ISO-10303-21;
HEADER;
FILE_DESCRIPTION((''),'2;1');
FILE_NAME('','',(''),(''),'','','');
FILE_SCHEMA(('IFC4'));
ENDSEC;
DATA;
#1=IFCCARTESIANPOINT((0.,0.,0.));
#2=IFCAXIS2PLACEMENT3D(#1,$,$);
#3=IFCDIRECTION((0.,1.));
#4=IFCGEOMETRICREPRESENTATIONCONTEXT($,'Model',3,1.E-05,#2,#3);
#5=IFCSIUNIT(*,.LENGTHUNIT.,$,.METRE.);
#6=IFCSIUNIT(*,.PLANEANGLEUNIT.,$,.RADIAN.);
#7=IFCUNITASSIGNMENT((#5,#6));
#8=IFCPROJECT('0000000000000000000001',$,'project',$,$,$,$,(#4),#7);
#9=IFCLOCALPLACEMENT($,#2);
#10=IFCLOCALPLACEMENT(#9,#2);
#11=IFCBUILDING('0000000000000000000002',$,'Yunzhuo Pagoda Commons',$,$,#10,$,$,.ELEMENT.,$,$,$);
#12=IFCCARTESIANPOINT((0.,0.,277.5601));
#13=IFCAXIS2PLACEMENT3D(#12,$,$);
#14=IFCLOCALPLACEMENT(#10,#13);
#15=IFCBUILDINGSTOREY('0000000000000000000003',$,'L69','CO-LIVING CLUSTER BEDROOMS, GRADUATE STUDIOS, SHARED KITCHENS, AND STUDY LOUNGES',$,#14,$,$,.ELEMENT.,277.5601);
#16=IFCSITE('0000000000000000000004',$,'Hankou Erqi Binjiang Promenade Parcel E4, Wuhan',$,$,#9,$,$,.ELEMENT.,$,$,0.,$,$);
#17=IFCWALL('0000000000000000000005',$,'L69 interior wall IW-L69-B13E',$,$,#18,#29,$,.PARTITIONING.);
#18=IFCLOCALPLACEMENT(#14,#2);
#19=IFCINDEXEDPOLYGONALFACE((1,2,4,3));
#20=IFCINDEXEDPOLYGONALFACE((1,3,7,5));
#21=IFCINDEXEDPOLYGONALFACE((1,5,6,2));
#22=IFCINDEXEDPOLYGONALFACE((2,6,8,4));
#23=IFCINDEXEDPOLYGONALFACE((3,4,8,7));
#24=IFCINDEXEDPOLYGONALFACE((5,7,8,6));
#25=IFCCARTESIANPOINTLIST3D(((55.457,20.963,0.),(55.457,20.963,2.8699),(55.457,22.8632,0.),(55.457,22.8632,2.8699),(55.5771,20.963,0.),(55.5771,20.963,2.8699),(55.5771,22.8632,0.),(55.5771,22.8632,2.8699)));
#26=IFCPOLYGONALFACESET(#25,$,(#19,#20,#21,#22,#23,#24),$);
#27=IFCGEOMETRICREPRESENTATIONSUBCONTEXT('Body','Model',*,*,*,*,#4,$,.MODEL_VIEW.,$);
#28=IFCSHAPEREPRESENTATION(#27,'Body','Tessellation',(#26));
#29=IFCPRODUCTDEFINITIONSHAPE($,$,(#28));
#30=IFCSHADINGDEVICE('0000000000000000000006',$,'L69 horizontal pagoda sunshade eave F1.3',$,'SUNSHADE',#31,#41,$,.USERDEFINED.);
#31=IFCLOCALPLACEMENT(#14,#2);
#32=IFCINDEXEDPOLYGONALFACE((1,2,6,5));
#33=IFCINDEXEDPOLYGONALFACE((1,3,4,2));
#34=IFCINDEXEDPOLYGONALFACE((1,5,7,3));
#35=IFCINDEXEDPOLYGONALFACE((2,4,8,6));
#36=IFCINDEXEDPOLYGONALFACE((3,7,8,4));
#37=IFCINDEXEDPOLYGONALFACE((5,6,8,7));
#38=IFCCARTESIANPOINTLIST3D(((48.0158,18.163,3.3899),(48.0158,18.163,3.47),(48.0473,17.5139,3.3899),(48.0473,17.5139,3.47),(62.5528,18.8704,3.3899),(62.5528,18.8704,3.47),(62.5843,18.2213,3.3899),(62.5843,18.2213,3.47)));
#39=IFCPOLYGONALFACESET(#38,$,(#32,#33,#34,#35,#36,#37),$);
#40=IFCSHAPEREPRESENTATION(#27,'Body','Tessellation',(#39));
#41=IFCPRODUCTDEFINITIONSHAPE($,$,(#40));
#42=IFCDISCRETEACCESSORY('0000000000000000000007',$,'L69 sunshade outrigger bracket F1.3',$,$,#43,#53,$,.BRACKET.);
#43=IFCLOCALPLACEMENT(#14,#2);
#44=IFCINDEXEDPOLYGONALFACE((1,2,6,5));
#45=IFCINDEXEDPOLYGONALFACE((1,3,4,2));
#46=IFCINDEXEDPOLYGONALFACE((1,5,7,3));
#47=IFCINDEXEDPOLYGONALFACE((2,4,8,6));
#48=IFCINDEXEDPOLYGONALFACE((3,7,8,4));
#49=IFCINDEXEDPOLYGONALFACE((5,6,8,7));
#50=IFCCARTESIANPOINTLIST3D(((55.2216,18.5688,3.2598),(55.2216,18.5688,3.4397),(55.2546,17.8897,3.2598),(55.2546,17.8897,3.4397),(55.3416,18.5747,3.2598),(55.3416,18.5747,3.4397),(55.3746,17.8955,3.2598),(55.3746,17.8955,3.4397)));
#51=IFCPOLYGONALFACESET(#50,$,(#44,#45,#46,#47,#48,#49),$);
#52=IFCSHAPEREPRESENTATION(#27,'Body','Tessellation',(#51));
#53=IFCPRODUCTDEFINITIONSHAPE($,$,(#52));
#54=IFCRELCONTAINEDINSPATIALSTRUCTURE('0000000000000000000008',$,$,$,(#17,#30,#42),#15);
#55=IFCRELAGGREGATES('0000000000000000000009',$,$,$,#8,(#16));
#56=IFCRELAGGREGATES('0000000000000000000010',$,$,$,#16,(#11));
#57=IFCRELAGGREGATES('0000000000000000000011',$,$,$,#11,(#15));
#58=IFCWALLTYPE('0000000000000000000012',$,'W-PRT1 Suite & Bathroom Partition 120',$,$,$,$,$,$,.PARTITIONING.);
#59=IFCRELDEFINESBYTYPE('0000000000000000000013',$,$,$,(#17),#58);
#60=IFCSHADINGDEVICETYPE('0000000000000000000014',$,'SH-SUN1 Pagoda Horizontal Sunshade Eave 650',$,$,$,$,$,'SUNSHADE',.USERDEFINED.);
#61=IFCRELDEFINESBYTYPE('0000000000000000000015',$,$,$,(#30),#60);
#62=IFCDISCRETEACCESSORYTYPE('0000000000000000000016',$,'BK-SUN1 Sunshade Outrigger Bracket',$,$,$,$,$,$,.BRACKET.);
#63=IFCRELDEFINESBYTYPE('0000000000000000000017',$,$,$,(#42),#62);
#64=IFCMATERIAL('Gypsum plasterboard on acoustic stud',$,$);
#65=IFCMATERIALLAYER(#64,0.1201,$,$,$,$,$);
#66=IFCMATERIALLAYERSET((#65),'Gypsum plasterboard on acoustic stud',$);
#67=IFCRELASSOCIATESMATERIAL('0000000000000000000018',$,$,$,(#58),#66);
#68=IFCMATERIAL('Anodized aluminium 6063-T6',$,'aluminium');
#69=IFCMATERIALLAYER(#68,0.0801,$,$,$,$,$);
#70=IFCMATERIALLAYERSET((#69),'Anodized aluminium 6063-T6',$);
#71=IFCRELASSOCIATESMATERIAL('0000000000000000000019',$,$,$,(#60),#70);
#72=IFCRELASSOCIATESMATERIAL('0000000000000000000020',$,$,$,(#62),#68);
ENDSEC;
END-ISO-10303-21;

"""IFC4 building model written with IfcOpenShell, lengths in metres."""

from ifc_helpers import new_model, si_unit, direction, frame, frame_2d, origin, origin_2d, place, context, subcontext, project, spatial, rectangle, extrude, source, transform, mapped, material, layer, layer_set, type_object, element, save


model = new_model("IFC4")

# Units and contexts
model_context = context("Model", 3, precision=1e-05, world=origin(), true_north=direction((0.0, 1.0)))
body_context = subcontext(model_context, "Body", "Model", "MODEL_VIEW")
ifc_project = project(units=[si_unit("LENGTHUNIT", "METRE"), si_unit("PLANEANGLEUNIT", "RADIAN")], contexts=[model_context])

# Site, building, storey
site_placement = place(None, origin())
site = spatial("IfcSite", under=ifc_project, at=site_placement, Name="Hankou Erqi Binjiang Promenade Parcel E4, Wuhan", CompositionType="ELEMENT", RefElevation=0.0)
building_placement = place(site_placement, origin())
building = spatial("IfcBuilding", under=site, at=building_placement, Name="Yunzhuo Pagoda Commons", CompositionType="ELEMENT")
storey_placement = place(building_placement, frame((0.0, 0.0, 277.5601)))
storey = spatial("IfcBuildingStorey", under=building, at=storey_placement, Name="L69", Description="CO-LIVING CLUSTER BEDROOMS, GRADUATE STUDIOS, SHARED KITCHENS, AND STUDY LOUNGES", CompositionType="ELEMENT", Elevation=277.5601)

# Shared definitions
ifc_material_1 = material(Name="Anodized aluminium 6063-T6", Category="aluminium")

# Shared definitions
ifc_material_2 = material(Name="Gypsum plasterboard on acoustic stud")
ifc_layer_1 = layer(ifc_material_2, 0.1201)
ifc_layer_set_1 = layer_set([ifc_layer_1], Name="Gypsum plasterboard on acoustic stud")
wall_type = type_object("IfcWallType", Name="W-PRT1 Suite & Bathroom Partition 120", PredefinedType="PARTITIONING", material=ifc_layer_set_1)

# Wall
wall_1_placement = place(storey_placement, frame((55.5171, 20.9629, 0.0), z_axis=(0.0, 0.0, 1.0), x_axis=(0.0, 1.0, 0.0)))
element("IfcWall", 1, at=wall_1_placement, inside=storey, type_object=wall_type, Name="L69 interior wall IW-L69-B13E", PredefinedType="PARTITIONING", context=body_context, shape_type="SweptSolid", body=[
    extrude(rectangle(XDim=1.9001, YDim=0.1201, at=frame_2d((0.9502, 0.0))), origin(), (0.0, 0.0, 1.0), 2.8699),
])

# Shading device
ifc_layer_2 = layer(ifc_material_1, 0.0801)
ifc_layer_set_2 = layer_set([ifc_layer_2], Name="Anodized aluminium 6063-T6")
shading_device_type = type_object("IfcShadingDeviceType", Name="SH-SUN1 Pagoda Horizontal Sunshade Eave 650", ElementType="SUNSHADE", PredefinedType="USERDEFINED", material=ifc_layer_set_2)
shared_shape_1 = source(origin(), body_context, "Body", "SweptSolid", [
    extrude(rectangle(XDim=14.5542, YDim=0.6499, at=origin_2d()), origin(), (0.0, 0.0, 1.0), 0.0801),
])
shading_device_placement = place(storey_placement, frame((55.3, 18.1921, 3.3899), z_axis=(0.0, 0.0, 1.0), x_axis=(0.998818, 0.048606, 0.0)))
element("IfcShadingDevice", 2, at=shading_device_placement, inside=storey, type_object=shading_device_type, Name="L69 horizontal pagoda sunshade eave F1.3", ObjectType="SUNSHADE", PredefinedType="USERDEFINED", context=body_context, shape_type="MappedRepresentation", body=[
    mapped(shared_shape_1, transform((0.0, 0.0, 0.0), scale=1.0)),
])

# Discrete accessory
discrete_accessory_type = type_object("IfcDiscreteAccessoryType", Name="BK-SUN1 Sunshade Outrigger Bracket", PredefinedType="BRACKET", material=ifc_material_1)
shared_shape_2 = source(origin(), body_context, "Body", "SweptSolid", [
    extrude(rectangle(XDim=0.1201, YDim=0.6799, at=origin_2d()), origin(), (0.0, 0.0, 1.0), 0.1799),
])
discrete_accessory_placement = place(storey_placement, frame((55.2981, 18.2322, 3.2598), z_axis=(0.0, 0.0, 1.0), x_axis=(0.998818, 0.048606, 0.0)))
element("IfcDiscreteAccessory", 3, at=discrete_accessory_placement, inside=storey, type_object=discrete_accessory_type, Name="L69 sunshade outrigger bracket F1.3", PredefinedType="BRACKET", context=body_context, shape_type="MappedRepresentation", body=[
    mapped(shared_shape_2, transform((0.0, 0.0, 0.0), scale=1.0)),
])

save(model, "model.ifc")
